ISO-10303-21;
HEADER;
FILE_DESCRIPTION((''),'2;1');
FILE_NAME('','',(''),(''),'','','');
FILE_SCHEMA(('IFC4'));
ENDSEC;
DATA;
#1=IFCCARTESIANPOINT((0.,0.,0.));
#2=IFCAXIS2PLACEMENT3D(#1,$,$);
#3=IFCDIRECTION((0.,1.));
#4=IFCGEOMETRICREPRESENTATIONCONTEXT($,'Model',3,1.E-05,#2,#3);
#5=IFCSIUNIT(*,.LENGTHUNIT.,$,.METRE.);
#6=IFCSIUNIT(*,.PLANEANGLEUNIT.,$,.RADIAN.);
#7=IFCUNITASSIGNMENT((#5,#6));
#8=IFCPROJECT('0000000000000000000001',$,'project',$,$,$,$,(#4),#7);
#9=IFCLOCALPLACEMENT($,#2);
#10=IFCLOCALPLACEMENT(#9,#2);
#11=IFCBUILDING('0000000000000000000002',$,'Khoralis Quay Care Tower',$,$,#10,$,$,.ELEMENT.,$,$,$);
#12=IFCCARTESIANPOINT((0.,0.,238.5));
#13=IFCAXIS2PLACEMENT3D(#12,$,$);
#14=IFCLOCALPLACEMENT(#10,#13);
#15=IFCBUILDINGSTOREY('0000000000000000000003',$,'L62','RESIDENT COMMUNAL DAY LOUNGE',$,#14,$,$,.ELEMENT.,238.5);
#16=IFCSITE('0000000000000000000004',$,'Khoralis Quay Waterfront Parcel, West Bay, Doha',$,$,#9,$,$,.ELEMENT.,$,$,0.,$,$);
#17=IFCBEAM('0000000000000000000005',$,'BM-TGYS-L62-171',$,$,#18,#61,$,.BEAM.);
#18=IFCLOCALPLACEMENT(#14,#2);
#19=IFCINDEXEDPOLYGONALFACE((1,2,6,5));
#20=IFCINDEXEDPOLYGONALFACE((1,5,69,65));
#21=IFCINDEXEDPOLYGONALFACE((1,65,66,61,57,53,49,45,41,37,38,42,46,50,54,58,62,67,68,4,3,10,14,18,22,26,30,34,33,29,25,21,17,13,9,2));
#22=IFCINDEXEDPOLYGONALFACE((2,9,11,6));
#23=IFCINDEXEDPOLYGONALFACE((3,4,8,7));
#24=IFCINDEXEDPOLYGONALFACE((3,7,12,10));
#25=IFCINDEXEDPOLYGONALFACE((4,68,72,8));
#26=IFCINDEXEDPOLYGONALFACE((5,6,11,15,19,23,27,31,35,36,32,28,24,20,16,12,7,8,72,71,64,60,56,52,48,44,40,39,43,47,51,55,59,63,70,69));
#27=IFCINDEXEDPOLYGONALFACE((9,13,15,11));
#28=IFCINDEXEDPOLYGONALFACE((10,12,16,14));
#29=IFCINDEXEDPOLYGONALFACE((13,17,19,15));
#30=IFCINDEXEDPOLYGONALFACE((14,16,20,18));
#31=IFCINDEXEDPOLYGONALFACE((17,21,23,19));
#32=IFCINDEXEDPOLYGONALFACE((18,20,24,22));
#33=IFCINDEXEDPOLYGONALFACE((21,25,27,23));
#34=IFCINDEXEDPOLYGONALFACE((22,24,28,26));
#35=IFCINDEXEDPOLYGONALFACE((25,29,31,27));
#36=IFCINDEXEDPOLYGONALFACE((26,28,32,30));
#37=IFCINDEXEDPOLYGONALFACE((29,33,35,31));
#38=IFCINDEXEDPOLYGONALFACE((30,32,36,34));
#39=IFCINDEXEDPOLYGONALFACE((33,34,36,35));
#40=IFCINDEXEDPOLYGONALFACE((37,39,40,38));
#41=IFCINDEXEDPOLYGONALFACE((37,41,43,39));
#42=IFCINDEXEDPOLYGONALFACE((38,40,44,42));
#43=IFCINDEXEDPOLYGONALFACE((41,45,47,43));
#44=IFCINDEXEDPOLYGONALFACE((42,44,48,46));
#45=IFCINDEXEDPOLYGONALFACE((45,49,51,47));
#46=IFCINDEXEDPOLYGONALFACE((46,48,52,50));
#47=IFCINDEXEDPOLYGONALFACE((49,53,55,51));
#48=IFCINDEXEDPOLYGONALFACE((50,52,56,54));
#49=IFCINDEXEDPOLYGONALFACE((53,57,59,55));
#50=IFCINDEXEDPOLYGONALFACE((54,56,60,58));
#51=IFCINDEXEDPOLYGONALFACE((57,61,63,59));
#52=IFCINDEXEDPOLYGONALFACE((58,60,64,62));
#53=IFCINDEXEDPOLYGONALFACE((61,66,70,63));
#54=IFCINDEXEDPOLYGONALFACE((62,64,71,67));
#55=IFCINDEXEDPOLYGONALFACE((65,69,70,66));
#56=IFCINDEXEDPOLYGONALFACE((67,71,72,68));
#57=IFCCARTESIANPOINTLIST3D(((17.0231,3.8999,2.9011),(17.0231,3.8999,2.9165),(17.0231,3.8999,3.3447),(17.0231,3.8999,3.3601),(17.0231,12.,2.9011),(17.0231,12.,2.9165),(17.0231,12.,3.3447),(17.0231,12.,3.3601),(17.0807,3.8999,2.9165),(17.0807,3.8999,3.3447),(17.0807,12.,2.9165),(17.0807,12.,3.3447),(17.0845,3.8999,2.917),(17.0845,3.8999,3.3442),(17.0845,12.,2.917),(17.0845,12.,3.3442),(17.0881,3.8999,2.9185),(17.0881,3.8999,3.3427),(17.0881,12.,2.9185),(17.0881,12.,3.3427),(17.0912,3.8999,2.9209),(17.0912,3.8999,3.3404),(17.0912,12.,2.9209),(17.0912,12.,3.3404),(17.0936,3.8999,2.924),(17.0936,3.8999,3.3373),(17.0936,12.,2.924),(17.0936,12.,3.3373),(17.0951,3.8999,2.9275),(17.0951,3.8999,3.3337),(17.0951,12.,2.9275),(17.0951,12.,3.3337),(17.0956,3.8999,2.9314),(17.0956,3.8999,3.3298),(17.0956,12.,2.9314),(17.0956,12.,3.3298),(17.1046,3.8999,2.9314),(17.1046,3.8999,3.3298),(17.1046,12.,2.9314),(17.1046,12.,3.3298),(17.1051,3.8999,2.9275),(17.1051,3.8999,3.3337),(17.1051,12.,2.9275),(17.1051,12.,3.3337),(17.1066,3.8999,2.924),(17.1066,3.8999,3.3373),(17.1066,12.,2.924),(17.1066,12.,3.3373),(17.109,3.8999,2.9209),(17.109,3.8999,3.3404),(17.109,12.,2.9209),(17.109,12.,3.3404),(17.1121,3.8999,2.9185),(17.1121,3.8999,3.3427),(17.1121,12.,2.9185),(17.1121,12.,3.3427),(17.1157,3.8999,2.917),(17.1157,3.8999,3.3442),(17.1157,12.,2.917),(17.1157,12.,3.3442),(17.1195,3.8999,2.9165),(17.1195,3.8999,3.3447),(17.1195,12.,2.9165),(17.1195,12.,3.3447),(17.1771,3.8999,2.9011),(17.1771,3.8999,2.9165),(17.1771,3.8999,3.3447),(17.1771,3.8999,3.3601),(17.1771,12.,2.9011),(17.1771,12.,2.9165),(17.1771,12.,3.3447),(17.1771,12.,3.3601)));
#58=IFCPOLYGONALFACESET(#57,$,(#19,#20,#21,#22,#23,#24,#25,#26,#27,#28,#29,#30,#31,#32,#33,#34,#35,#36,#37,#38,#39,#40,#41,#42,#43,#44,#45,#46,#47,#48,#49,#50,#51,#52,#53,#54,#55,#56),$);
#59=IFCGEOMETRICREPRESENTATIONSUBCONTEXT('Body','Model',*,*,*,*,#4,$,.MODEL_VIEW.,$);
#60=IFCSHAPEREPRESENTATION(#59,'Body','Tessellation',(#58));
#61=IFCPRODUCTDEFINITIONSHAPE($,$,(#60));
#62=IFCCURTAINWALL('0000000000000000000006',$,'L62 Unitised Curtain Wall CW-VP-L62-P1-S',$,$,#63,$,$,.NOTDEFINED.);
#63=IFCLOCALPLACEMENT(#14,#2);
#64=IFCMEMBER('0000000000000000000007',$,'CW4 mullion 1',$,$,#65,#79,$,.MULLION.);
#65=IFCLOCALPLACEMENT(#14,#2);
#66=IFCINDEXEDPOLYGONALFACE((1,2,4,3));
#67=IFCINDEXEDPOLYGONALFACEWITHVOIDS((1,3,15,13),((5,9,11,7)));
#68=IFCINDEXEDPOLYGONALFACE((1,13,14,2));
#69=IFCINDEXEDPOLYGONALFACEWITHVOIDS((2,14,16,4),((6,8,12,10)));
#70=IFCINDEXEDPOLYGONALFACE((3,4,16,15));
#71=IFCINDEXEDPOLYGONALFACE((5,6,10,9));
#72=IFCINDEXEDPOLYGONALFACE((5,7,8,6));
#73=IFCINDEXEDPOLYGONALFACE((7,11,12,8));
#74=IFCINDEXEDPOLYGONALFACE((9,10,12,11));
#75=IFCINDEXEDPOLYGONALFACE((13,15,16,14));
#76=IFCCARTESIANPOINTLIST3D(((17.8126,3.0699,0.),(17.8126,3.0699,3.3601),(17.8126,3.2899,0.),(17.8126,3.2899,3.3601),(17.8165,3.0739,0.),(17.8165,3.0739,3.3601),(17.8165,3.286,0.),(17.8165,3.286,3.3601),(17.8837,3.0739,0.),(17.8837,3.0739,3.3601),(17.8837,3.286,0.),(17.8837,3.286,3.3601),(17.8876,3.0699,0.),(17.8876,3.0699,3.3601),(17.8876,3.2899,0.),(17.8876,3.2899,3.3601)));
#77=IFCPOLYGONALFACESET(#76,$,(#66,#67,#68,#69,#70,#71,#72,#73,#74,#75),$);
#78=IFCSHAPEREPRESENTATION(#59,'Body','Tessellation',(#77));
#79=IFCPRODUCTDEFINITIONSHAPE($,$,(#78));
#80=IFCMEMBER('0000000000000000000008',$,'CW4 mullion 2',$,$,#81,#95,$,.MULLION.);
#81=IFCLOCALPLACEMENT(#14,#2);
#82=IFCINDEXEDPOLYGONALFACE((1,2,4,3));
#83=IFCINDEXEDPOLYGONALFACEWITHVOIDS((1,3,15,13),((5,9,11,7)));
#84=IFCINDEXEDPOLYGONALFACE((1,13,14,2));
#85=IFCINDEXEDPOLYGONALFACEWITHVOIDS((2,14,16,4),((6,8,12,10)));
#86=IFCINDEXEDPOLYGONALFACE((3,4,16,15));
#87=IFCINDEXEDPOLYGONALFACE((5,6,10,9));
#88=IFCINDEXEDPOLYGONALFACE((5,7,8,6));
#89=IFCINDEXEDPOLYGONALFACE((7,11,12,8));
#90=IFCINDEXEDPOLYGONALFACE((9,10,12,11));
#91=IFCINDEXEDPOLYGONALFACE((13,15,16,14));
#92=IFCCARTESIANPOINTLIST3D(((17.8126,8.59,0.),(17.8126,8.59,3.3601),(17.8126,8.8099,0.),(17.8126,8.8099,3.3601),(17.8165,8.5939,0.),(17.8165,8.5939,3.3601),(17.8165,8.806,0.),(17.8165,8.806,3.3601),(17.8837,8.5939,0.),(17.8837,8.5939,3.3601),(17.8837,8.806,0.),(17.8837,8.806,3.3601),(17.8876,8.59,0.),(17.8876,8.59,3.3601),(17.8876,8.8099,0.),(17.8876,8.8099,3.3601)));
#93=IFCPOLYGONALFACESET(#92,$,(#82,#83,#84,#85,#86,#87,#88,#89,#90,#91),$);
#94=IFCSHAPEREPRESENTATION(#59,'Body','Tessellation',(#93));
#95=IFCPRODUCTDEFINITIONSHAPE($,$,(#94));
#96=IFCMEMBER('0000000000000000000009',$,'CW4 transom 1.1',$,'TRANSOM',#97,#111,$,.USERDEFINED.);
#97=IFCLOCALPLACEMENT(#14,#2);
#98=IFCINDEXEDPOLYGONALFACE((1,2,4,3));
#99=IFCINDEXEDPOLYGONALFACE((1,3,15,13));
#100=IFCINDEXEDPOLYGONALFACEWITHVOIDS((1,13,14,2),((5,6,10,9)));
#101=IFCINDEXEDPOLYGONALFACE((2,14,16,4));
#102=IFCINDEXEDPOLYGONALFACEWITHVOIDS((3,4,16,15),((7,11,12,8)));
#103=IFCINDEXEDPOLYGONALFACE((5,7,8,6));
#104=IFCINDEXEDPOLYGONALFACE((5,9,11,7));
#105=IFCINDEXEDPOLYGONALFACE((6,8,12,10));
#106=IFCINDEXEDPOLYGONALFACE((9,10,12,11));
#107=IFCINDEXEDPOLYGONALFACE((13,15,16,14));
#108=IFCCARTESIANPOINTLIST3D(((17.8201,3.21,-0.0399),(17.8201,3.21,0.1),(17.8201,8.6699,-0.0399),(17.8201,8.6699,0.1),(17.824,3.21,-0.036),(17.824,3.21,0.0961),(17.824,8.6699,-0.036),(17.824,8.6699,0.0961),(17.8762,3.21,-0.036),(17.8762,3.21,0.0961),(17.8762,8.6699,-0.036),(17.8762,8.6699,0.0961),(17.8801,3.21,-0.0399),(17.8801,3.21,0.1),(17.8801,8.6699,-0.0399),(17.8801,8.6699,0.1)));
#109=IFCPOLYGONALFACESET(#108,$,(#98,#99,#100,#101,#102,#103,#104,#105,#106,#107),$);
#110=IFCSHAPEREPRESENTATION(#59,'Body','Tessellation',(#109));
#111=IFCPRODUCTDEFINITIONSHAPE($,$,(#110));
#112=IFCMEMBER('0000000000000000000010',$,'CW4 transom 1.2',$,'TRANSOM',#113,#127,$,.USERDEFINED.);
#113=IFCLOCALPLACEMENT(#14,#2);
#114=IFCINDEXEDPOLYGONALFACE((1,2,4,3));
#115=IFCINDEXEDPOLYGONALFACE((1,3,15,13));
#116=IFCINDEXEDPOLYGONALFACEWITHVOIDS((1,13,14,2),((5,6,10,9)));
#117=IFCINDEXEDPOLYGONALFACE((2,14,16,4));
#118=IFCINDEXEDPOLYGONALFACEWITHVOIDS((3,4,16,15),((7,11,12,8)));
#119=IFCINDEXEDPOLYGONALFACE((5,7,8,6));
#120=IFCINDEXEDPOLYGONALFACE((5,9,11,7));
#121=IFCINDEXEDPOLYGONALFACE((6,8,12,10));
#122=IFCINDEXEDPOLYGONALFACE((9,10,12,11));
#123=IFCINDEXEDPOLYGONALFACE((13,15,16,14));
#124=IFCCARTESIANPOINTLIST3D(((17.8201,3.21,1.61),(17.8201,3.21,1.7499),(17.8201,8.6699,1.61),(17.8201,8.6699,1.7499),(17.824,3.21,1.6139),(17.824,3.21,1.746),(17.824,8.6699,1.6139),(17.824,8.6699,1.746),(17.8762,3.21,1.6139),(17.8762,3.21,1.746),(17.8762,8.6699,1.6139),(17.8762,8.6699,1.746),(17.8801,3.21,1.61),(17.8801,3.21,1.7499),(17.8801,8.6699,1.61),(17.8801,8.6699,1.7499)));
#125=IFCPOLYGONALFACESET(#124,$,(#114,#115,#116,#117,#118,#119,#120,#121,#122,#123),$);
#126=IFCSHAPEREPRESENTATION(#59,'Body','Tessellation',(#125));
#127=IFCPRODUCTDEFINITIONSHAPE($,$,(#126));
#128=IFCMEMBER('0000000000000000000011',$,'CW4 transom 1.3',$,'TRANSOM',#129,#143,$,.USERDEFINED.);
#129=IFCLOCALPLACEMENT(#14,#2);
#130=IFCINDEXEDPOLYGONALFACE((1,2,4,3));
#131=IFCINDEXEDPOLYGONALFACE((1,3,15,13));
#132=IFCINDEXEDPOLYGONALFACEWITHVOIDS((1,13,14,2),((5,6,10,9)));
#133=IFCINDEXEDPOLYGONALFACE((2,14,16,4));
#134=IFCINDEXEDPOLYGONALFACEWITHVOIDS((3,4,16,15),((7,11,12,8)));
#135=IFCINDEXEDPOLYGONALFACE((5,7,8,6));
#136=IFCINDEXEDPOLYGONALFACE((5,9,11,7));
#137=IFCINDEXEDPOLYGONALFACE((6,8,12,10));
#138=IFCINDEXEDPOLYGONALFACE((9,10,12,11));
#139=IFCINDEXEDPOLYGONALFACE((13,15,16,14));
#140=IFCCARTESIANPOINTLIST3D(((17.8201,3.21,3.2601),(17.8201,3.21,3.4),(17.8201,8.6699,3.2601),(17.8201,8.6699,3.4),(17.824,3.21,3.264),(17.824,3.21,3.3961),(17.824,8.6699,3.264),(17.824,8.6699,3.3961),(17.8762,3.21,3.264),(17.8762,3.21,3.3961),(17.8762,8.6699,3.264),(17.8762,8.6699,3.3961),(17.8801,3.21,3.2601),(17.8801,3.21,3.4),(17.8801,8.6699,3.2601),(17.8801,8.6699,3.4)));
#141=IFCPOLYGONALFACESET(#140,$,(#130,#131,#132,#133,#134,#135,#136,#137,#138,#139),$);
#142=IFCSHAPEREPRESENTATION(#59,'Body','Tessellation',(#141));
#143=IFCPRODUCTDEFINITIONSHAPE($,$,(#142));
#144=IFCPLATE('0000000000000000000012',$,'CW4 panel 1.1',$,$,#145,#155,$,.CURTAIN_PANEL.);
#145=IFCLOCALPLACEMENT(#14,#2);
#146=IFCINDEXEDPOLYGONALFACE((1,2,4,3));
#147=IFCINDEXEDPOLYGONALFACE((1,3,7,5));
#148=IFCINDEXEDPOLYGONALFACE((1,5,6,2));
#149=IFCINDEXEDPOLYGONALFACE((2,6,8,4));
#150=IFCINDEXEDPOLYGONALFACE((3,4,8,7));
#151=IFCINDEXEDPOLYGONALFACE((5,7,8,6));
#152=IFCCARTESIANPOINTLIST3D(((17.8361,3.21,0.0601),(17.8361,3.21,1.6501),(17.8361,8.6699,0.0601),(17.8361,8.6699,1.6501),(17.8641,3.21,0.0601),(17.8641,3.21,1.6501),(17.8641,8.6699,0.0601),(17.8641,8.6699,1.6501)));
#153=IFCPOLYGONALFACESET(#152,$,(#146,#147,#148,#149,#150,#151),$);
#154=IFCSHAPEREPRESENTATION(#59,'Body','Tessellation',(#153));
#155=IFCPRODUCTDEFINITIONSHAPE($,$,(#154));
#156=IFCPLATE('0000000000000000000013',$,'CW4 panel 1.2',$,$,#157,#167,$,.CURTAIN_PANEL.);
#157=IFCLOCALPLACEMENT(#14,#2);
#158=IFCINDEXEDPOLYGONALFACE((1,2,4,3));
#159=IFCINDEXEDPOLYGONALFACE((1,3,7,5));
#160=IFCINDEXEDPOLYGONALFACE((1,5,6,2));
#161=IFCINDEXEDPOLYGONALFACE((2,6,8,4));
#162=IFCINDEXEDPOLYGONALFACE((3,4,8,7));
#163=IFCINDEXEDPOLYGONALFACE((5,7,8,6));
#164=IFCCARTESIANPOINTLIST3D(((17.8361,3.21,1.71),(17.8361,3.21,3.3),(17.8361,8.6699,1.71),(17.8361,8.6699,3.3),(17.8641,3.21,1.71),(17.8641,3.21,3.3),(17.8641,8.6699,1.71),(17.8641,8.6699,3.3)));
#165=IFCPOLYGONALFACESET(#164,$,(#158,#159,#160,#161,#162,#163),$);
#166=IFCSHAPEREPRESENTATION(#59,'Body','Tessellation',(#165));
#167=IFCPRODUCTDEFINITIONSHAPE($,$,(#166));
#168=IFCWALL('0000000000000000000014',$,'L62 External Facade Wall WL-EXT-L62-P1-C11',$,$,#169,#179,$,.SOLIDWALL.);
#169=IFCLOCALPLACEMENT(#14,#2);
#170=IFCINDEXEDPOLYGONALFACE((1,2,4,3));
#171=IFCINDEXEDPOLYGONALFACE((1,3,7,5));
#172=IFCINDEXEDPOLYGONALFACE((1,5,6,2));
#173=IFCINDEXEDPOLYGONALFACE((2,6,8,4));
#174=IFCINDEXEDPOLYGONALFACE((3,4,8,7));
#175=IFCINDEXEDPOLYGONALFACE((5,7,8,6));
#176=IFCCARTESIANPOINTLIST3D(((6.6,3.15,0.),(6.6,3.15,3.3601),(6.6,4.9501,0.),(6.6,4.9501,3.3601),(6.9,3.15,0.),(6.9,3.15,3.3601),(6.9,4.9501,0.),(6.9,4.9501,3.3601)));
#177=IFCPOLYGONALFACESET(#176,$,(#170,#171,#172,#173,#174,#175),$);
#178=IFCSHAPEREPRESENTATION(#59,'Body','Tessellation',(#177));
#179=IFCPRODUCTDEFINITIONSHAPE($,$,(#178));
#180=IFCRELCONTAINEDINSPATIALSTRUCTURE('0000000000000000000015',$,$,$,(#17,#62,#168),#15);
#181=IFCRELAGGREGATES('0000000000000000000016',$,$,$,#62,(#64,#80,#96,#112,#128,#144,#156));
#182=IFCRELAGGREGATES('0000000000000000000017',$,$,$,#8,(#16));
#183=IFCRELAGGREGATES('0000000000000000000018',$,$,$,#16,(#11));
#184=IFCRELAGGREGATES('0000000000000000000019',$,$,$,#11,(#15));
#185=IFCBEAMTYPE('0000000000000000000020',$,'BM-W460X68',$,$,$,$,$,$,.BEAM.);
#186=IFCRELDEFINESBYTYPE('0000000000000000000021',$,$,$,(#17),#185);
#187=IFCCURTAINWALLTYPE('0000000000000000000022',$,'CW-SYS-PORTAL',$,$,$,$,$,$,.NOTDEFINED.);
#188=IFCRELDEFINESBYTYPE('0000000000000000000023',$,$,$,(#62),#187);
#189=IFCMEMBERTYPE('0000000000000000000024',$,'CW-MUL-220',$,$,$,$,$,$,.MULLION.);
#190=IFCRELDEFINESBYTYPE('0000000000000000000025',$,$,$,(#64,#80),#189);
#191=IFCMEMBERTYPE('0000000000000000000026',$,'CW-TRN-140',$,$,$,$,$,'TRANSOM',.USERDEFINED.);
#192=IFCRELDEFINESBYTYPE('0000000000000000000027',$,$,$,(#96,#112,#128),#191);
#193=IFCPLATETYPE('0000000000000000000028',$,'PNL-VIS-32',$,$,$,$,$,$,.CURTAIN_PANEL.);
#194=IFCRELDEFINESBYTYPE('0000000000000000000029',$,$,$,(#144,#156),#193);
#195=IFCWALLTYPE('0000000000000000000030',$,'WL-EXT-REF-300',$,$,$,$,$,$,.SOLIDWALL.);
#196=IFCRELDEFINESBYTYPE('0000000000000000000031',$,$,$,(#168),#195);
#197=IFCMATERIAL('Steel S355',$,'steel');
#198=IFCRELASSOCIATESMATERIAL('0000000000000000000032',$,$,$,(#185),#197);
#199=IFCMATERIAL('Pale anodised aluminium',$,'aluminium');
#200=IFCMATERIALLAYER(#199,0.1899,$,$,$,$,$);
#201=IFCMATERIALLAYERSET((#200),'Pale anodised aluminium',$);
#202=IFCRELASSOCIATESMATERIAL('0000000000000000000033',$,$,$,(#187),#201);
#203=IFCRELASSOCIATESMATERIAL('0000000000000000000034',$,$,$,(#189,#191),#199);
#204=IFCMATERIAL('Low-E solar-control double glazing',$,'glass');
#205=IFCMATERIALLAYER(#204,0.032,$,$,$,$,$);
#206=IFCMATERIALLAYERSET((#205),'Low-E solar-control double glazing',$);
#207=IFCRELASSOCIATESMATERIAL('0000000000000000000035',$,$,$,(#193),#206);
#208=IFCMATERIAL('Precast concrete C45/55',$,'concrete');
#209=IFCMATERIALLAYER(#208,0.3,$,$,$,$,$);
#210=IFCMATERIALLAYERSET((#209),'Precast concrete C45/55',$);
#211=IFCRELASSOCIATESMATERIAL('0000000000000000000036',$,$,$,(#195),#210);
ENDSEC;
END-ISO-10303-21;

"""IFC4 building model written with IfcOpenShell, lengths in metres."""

from ifc_helpers import new_model, si_unit, direction, frame, frame_2d, origin, origin_2d, place, context, subcontext, project, spatial, rectangle, hollow_rectangle, i_section, extrude, source, transform, mapped, material, layer, layer_set, material_profile, profile_set, type_object, element, aggregate, save


model = new_model("IFC4")

# Units and contexts
model_context = context("Model", 3, precision=1e-05, world=origin(), true_north=direction((0.0, 1.0)))
body_context = subcontext(model_context, "Body", "Model", "MODEL_VIEW")
ifc_project = project(units=[si_unit("LENGTHUNIT", "METRE"), si_unit("PLANEANGLEUNIT", "RADIAN")], contexts=[model_context])

# Site, building, storey
site_placement = place(None, origin())
site = spatial("IfcSite", under=ifc_project, at=site_placement, Name="Khoralis Quay Waterfront Parcel, West Bay, Doha", CompositionType="ELEMENT", RefElevation=0.0)
building_placement = place(site_placement, origin())
building = spatial("IfcBuilding", under=site, at=building_placement, Name="Khoralis Quay Care Tower", CompositionType="ELEMENT")
storey_placement = place(building_placement, frame((0.0, 0.0, 238.5)))
storey = spatial("IfcBuildingStorey", under=building, at=storey_placement, Name="L62", Description="RESIDENT COMMUNAL DAY LOUNGE", CompositionType="ELEMENT", Elevation=238.5)

# Beam
ifc_material_1 = material(Name="Steel S355", Category="steel")
ifc_material_profile_1 = material_profile(ifc_material_1, i_section(OverallWidth=0.1541, OverallDepth=0.459, WebThickness=0.009, FlangeThickness=0.0154, FilletRadius=0.0149, at=origin_2d()), Name="Steel S355")
ifc_profile_set_1 = profile_set([ifc_material_profile_1], Name="Steel S355")
beam_type_1 = type_object("IfcBeamType", Name="BM-W460X68", PredefinedType="BEAM", material=ifc_profile_set_1)
shared_shape_1 = source(origin(), body_context, "Body", "SweptSolid", [
    extrude(i_section(OverallWidth=0.1541, OverallDepth=0.459, WebThickness=0.009, FlangeThickness=0.0154, FilletRadius=0.0149, at=origin_2d()), origin(), (0.0, 0.0, 1.0), 8.1001),
])
beam_1_placement = place(storey_placement, frame((17.1001, 3.8999, 3.1306), z_axis=(0.0, 1.0, 0.0), x_axis=(-1.0, 0.0, 0.0)))
element("IfcBeam", 1, at=beam_1_placement, inside=storey, type_object=beam_type_1, Name="BM-TGYS-L62-171", PredefinedType="BEAM", context=body_context, shape_type="MappedRepresentation", body=[
    mapped(shared_shape_1, transform((0.0, 0.0, 0.0), scale=1.0)),
])

# Curtain wall, members, plates
ifc_material_2 = material(Name="Pale anodised aluminium", Category="aluminium")
ifc_layer_1 = layer(ifc_material_2, 0.1899)
ifc_layer_set_1 = layer_set([ifc_layer_1], Name="Pale anodised aluminium")
curtain_wall_type = type_object("IfcCurtainWallType", Name="CW-SYS-PORTAL", PredefinedType="NOTDEFINED", material=ifc_layer_set_1)
curtain_wall_placement = place(storey_placement, origin())
curtain_wall = element("IfcCurtainWall", 2, at=curtain_wall_placement, inside=storey, type_object=curtain_wall_type, Name="L62 Unitised Curtain Wall CW-VP-L62-P1-S", PredefinedType="NOTDEFINED")
ifc_material_profile_2 = material_profile(ifc_material_2, hollow_rectangle(XDim=0.075, YDim=0.22, WallThickness=0.0039, at=origin_2d()), Name="Pale anodised aluminium")
ifc_profile_set_2 = profile_set([ifc_material_profile_2], Name="Pale anodised aluminium")
member_type_1 = type_object("IfcMemberType", Name="CW-MUL-220", PredefinedType="MULLION", material=ifc_profile_set_2)
shared_shape_2 = source(origin(), body_context, "Body", "SweptSolid", [
    extrude(hollow_rectangle(XDim=0.075, YDim=0.22, WallThickness=0.0039, at=origin_2d()), origin(), (0.0, 0.0, 1.0), 3.3601),
])
member_1_placement = place(storey_placement, frame((17.8501, 3.1799, 0.0), z_axis=(0.0, 0.0, 1.0), x_axis=(-1.0, 0.0, 0.0)))
member_1 = element("IfcMember", 3, at=member_1_placement, type_object=member_type_1, Name="CW4 mullion 1", PredefinedType="MULLION", context=body_context, shape_type="MappedRepresentation", body=[
    mapped(shared_shape_2, transform((0.0, 0.0, 0.0), scale=1.0)),
])
member_2_placement = place(storey_placement, frame((17.8501, 8.7, 0.0), z_axis=(0.0, 0.0, 1.0), x_axis=(-1.0, 0.0, 0.0)))
member_2 = element("IfcMember", 4, at=member_2_placement, type_object=member_type_1, Name="CW4 mullion 2", PredefinedType="MULLION", context=body_context, shape_type="MappedRepresentation", body=[
    mapped(shared_shape_2, transform((0.0, 0.0, 0.0), scale=1.0)),
])
ifc_material_profile_3 = material_profile(ifc_material_2, hollow_rectangle(XDim=0.0601, YDim=0.1399, WallThickness=0.0039, at=origin_2d()), Name="Pale anodised aluminium")
ifc_profile_set_3 = profile_set([ifc_material_profile_3], Name="Pale anodised aluminium")
member_type_2 = type_object("IfcMemberType", Name="CW-TRN-140", ElementType="TRANSOM", PredefinedType="USERDEFINED", material=ifc_profile_set_3)
shared_shape_3 = source(origin(), body_context, "Body", "SweptSolid", [
    extrude(hollow_rectangle(XDim=0.0601, YDim=0.1399, WallThickness=0.0039, at=origin_2d()), origin(), (0.0, 0.0, 1.0), 5.46),
])
member_3_placement = place(storey_placement, frame((17.8501, 3.21, 0.03), z_axis=(0.0, 1.0, 0.0), x_axis=(-1.0, 0.0, 0.0)))
member_3 = element("IfcMember", 5, at=member_3_placement, type_object=member_type_2, Name="CW4 transom 1.1", ObjectType="TRANSOM", PredefinedType="USERDEFINED", context=body_context, shape_type="MappedRepresentation", body=[
    mapped(shared_shape_3, transform((0.0, 0.0, 0.0), scale=1.0)),
])
member_4_placement = place(storey_placement, frame((17.8501, 3.21, 1.6799), z_axis=(0.0, 1.0, 0.0), x_axis=(-1.0, 0.0, 0.0)))
member_4 = element("IfcMember", 6, at=member_4_placement, type_object=member_type_2, Name="CW4 transom 1.2", ObjectType="TRANSOM", PredefinedType="USERDEFINED", context=body_context, shape_type="MappedRepresentation", body=[
    mapped(shared_shape_3, transform((0.0, 0.0, 0.0), scale=1.0)),
])
member_5_placement = place(storey_placement, frame((17.8501, 3.21, 3.3301), z_axis=(0.0, 1.0, 0.0), x_axis=(-1.0, 0.0, 0.0)))
member_5 = element("IfcMember", 7, at=member_5_placement, type_object=member_type_2, Name="CW4 transom 1.3", ObjectType="TRANSOM", PredefinedType="USERDEFINED", context=body_context, shape_type="MappedRepresentation", body=[
    mapped(shared_shape_3, transform((0.0, 0.0, 0.0), scale=1.0)),
])
ifc_material_3 = material(Name="Low-E solar-control double glazing", Category="glass")
ifc_layer_2 = layer(ifc_material_3, 0.032)
ifc_layer_set_2 = layer_set([ifc_layer_2], Name="Low-E solar-control double glazing")
plate_type = type_object("IfcPlateType", Name="PNL-VIS-32", PredefinedType="CURTAIN_PANEL", material=ifc_layer_set_2)
shared_shape_4 = source(origin(), body_context, "Body", "SweptSolid", [
    extrude(rectangle(XDim=5.46, YDim=0.0281, at=origin_2d()), origin(), (0.0, 0.0, 1.0), 1.5901),
])
plate_1_placement = place(storey_placement, frame((17.8501, 5.9399, 0.0601), z_axis=(0.0, 0.0, 1.0), x_axis=(0.0, 1.0, 0.0)))
plate_1 = element("IfcPlate", 8, at=plate_1_placement, type_object=plate_type, Name="CW4 panel 1.1", PredefinedType="CURTAIN_PANEL", context=body_context, shape_type="MappedRepresentation", body=[
    mapped(shared_shape_4, transform((0.0, 0.0, 0.0), scale=1.0)),
])
plate_2_placement = place(storey_placement, frame((17.8501, 5.9399, 1.71), z_axis=(0.0, 0.0, 1.0), x_axis=(0.0, 1.0, 0.0)))
plate_2 = element("IfcPlate", 9, at=plate_2_placement, type_object=plate_type, Name="CW4 panel 1.2", PredefinedType="CURTAIN_PANEL", context=body_context, shape_type="MappedRepresentation", body=[
    mapped(shared_shape_4, transform((0.0, 0.0, 0.0), scale=1.0)),
])
aggregate(curtain_wall, [member_1, member_2, member_3, member_4, member_5, plate_1, plate_2])

# Wall
ifc_material_4 = material(Name="Precast concrete C45/55", Category="concrete")
ifc_layer_3 = layer(ifc_material_4, 0.3)
ifc_layer_set_3 = layer_set([ifc_layer_3], Name="Precast concrete C45/55")
wall_type_1 = type_object("IfcWallType", Name="WL-EXT-REF-300", PredefinedType="SOLIDWALL", material=ifc_layer_set_3)
wall_1_placement = place(storey_placement, frame((6.75, 4.95, 0.0), z_axis=(0.0, 0.0, 1.0), x_axis=(0.0, -1.0, 0.0)))
element("IfcWall", 10, at=wall_1_placement, inside=storey, type_object=wall_type_1, Name="L62 External Facade Wall WL-EXT-L62-P1-C11", PredefinedType="SOLIDWALL", context=body_context, shape_type="SweptSolid", body=[
    extrude(rectangle(XDim=1.8, YDim=0.3, at=frame_2d((0.8999, 0.0))), origin(), (0.0, 0.0, 1.0), 3.3601),
])

save(model, "model.ifc")
